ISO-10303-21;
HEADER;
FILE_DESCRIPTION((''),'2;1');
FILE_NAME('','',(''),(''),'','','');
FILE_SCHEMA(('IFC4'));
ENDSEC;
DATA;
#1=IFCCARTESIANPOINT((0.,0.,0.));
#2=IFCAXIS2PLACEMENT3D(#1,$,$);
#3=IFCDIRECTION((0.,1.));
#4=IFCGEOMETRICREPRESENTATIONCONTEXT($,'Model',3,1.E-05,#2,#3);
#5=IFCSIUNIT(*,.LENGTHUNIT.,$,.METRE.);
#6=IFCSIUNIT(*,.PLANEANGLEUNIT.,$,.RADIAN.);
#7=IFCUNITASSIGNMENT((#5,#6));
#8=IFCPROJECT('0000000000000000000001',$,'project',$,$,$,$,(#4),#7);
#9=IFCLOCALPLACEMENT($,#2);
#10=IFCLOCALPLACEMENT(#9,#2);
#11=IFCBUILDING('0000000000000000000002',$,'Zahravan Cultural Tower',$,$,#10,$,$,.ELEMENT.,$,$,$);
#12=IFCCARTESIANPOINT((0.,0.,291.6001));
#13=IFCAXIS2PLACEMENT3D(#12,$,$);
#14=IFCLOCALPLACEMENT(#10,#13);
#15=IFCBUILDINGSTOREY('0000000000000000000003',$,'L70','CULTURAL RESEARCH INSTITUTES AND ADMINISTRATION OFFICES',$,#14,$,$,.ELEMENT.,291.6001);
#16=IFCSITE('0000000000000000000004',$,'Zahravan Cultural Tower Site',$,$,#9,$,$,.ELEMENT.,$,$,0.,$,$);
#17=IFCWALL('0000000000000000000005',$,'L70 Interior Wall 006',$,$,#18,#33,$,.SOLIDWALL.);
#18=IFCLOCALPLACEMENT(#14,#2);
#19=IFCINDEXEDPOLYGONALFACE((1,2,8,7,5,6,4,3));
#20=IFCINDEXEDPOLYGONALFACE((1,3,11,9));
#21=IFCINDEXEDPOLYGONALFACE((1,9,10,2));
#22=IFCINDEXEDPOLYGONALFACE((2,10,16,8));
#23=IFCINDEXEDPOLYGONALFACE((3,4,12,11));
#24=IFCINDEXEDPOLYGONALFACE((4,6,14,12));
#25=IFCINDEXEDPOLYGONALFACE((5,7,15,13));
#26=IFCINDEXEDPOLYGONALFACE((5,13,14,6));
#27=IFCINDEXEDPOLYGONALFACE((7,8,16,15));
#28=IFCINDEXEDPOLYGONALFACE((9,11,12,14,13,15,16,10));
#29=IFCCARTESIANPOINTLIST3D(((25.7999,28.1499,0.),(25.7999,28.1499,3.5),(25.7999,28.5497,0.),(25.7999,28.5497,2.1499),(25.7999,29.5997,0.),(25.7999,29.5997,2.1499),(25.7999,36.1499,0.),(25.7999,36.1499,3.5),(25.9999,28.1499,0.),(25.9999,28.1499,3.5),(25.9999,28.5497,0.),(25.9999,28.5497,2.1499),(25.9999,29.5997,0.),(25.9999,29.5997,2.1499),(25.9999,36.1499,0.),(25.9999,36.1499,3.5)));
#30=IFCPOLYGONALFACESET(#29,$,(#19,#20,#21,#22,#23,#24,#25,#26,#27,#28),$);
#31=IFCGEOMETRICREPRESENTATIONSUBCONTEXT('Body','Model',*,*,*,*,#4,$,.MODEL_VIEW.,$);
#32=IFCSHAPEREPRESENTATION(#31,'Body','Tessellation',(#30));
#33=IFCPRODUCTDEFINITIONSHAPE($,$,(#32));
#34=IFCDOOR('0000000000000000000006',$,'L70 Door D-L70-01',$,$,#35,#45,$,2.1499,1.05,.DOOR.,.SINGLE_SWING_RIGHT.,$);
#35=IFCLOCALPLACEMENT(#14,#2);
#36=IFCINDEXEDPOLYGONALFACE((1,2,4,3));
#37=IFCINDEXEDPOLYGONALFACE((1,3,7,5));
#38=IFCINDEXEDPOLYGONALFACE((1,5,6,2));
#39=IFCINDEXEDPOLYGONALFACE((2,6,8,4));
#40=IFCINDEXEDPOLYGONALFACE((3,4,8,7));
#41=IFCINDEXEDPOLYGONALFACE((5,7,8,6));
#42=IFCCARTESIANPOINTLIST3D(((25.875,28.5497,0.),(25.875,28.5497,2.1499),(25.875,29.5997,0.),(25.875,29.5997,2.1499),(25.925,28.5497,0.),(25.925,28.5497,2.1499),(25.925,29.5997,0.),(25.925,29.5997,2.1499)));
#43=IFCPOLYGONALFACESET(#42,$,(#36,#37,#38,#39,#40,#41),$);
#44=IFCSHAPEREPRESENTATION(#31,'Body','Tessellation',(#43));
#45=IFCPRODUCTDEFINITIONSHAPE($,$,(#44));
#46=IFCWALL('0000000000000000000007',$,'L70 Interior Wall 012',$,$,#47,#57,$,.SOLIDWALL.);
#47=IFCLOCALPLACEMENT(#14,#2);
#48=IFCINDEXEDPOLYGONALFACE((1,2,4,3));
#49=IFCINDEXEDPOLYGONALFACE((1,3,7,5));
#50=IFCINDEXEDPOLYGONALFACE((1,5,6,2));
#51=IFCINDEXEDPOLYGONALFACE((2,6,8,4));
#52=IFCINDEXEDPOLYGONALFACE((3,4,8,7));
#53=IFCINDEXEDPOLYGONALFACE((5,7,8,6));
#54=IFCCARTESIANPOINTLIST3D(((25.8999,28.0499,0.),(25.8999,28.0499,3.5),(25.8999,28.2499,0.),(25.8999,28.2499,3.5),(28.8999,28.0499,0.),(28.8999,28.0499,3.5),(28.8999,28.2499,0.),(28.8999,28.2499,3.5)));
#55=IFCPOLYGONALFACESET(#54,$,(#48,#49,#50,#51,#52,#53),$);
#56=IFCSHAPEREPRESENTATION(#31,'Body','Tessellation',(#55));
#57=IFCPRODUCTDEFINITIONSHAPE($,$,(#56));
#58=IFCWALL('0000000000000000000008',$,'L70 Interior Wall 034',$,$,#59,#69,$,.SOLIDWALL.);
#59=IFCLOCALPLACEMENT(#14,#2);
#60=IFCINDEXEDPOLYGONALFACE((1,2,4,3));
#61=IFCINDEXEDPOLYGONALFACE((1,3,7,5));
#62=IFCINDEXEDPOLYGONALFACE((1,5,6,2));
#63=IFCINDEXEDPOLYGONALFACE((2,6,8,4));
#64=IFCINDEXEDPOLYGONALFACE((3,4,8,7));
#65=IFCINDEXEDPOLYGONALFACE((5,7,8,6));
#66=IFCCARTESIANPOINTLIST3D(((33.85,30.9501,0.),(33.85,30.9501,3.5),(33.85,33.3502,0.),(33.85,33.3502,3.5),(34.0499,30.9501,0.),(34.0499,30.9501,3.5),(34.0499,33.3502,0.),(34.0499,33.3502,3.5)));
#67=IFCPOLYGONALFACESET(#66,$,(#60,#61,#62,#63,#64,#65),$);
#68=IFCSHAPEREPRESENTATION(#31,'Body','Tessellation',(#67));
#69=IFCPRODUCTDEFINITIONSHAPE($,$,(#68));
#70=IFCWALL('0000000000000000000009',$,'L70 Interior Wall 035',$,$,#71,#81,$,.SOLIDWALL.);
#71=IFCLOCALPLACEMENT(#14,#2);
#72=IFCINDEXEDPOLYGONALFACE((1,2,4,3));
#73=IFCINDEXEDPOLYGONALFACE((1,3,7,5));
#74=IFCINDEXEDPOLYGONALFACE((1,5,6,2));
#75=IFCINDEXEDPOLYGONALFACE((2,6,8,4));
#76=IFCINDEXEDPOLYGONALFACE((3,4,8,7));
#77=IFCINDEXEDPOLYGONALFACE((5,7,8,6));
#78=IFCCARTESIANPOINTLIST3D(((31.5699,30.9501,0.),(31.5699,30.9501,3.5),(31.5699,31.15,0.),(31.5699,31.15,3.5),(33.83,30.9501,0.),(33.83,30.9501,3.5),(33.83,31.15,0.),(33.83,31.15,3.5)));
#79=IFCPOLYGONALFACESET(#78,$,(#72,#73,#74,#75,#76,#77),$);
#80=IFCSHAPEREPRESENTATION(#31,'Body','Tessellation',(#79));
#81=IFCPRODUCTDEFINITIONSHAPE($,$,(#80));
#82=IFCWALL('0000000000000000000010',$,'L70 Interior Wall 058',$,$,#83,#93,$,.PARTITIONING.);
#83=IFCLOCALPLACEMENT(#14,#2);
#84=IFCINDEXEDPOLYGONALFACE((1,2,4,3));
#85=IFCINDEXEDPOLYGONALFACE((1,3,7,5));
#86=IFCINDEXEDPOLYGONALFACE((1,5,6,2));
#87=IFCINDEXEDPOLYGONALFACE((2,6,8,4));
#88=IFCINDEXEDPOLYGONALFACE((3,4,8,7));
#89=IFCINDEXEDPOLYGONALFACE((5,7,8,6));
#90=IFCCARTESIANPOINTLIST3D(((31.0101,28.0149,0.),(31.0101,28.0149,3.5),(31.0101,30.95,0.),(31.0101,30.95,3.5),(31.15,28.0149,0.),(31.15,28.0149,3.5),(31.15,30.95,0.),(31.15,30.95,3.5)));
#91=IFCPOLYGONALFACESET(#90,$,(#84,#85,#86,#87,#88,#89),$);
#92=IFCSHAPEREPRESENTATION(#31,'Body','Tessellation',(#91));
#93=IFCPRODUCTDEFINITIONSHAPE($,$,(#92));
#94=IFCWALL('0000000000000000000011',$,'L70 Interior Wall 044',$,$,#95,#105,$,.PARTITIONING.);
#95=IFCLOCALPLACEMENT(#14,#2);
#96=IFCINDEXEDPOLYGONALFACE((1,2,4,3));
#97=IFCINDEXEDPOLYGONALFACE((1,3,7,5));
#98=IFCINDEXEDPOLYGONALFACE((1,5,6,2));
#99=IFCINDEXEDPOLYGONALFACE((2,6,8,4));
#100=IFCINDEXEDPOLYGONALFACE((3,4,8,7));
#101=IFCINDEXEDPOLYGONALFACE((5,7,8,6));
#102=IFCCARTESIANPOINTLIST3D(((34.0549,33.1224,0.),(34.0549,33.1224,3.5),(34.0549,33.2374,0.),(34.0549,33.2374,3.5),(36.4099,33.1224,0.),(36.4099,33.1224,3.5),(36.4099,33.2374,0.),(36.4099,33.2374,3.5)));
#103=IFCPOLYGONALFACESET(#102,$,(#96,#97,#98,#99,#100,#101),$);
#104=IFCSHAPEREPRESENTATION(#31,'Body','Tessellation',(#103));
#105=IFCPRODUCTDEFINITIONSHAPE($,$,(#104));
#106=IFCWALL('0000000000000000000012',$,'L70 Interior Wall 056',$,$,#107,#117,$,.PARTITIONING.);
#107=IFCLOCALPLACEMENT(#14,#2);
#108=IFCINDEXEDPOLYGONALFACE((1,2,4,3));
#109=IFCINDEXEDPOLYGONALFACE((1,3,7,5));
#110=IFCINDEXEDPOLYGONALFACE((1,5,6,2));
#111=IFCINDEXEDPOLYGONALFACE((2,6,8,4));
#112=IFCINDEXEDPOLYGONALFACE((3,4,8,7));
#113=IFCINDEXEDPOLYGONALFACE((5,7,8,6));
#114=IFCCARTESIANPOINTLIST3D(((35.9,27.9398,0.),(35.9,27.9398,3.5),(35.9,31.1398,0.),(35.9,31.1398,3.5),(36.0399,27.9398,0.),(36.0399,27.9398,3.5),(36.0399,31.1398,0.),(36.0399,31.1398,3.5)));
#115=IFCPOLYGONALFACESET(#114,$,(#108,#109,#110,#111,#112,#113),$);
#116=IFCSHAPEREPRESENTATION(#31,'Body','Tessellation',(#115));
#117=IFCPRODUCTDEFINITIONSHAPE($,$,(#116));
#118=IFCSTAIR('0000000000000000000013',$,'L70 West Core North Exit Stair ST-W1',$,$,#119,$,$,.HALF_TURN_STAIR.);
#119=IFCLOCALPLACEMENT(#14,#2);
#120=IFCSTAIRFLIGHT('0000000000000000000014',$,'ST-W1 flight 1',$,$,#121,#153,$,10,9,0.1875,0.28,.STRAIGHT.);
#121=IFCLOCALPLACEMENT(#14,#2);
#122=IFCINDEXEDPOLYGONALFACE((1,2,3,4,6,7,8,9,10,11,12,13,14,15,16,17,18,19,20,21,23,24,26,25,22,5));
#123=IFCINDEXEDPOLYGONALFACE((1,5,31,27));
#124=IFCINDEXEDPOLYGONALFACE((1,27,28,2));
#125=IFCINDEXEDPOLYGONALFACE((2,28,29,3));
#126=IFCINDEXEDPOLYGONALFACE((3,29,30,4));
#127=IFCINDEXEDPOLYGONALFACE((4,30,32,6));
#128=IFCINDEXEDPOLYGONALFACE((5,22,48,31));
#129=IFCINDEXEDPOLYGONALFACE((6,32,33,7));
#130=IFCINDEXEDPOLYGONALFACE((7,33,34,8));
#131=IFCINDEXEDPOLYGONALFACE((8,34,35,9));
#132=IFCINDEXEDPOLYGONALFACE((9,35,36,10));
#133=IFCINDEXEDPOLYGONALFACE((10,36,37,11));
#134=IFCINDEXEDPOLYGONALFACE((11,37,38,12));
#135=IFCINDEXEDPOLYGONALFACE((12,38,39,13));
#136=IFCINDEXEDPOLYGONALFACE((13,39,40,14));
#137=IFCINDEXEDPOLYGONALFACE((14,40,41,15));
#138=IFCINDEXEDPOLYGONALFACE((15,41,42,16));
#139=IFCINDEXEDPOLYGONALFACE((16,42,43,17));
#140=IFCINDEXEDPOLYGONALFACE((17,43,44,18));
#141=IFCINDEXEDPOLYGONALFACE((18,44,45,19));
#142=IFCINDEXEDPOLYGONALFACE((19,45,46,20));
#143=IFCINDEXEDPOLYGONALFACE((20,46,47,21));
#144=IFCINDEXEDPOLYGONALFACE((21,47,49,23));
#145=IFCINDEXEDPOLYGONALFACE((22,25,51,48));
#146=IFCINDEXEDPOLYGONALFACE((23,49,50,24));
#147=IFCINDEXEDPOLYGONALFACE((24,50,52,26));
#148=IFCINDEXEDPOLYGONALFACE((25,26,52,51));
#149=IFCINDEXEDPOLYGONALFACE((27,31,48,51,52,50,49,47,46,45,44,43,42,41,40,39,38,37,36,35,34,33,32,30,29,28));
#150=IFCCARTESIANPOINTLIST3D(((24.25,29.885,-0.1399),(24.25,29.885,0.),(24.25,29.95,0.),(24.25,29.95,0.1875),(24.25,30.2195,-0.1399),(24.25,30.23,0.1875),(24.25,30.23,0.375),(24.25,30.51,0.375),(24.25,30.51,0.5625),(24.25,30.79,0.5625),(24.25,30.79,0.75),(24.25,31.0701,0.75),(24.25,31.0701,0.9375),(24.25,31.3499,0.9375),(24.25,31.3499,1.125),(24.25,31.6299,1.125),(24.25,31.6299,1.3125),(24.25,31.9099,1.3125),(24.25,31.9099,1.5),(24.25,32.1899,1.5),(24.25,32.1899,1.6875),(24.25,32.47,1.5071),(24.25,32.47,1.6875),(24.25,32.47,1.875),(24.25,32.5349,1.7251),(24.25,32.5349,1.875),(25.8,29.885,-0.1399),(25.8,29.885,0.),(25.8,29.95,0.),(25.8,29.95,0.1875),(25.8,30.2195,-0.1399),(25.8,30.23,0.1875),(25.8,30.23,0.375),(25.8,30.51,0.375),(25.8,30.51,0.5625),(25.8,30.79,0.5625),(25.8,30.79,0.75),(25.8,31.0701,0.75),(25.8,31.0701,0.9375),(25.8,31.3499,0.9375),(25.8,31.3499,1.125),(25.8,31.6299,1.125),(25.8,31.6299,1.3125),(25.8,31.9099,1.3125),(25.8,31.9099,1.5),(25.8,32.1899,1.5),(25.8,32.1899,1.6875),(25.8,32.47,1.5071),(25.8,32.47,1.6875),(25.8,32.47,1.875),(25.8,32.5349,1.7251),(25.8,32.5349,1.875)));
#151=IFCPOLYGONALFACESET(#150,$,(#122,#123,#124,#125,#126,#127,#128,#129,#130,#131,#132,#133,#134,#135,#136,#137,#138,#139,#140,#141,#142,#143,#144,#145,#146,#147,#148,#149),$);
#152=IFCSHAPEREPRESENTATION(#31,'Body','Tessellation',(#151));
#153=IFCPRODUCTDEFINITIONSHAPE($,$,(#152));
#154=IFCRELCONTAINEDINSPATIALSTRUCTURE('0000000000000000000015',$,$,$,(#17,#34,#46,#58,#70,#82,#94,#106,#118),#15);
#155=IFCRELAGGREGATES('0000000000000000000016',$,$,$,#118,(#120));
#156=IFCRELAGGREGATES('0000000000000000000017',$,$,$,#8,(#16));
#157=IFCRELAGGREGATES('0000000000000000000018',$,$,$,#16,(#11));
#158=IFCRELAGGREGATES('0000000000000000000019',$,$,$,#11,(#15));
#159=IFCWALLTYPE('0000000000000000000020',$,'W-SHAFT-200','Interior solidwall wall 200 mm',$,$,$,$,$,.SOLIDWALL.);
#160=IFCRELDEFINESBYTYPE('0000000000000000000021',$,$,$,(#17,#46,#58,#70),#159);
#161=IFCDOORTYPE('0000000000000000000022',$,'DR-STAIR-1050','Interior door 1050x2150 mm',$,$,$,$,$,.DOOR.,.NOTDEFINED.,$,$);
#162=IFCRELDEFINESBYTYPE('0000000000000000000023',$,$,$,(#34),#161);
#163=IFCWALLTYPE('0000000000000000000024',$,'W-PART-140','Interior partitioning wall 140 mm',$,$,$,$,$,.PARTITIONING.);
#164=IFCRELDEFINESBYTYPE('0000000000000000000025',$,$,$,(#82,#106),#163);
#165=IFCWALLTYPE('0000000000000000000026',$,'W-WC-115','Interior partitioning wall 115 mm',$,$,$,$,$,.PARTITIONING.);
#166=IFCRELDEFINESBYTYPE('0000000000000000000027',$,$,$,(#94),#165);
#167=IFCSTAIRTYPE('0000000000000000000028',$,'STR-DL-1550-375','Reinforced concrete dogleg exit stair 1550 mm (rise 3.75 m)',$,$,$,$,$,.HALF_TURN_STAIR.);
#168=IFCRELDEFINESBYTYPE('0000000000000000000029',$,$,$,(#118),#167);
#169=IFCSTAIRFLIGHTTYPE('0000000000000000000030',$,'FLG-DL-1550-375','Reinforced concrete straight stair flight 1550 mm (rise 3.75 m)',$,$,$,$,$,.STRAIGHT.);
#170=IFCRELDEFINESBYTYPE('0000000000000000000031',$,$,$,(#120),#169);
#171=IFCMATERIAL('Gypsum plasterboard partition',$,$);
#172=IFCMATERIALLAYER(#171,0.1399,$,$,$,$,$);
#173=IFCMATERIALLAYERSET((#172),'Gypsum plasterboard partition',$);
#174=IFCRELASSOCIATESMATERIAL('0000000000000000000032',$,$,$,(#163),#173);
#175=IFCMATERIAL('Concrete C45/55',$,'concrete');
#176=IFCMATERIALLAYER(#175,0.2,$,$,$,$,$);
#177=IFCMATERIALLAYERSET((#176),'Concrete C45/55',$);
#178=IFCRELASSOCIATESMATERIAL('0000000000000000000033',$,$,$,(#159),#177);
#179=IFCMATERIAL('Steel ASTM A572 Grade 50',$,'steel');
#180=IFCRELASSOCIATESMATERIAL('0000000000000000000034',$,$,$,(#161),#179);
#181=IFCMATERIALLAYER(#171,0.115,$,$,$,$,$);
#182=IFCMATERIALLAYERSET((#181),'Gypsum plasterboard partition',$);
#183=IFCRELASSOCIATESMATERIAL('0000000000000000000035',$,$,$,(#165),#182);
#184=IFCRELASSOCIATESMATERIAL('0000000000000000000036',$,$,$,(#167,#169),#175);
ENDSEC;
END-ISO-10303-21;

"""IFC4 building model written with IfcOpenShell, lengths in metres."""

from ifc_helpers import new_model, si_unit, direction, frame, frame_2d, origin, place, context, subcontext, project, spatial, polyline, rectangle, outline, extrude, source, transform, mapped, material, layer, layer_set, type_object, element, fill, aggregate, save


model = new_model("IFC4")

# Units and contexts
model_context = context("Model", 3, precision=1e-05, world=origin(), true_north=direction((0.0, 1.0)))
body_context = subcontext(model_context, "Body", "Model", "MODEL_VIEW")
ifc_project = project(units=[si_unit("LENGTHUNIT", "METRE"), si_unit("PLANEANGLEUNIT", "RADIAN")], contexts=[model_context])

# Site, building, storey
site_placement = place(None, origin())
site = spatial("IfcSite", under=ifc_project, at=site_placement, Name="Zahravan Cultural Tower Site", CompositionType="ELEMENT", RefElevation=0.0)
building_placement = place(site_placement, origin())
building = spatial("IfcBuilding", under=site, at=building_placement, Name="Zahravan Cultural Tower", CompositionType="ELEMENT")
storey_placement = place(building_placement, frame((0.0, 0.0, 291.6001)))
storey = spatial("IfcBuildingStorey", under=building, at=storey_placement, Name="L70", Description="CULTURAL RESEARCH INSTITUTES AND ADMINISTRATION OFFICES", CompositionType="ELEMENT", Elevation=291.6001)

# Wall, opening, door
ifc_material_1 = material(Name="Steel ASTM A572 Grade 50", Category="steel")
ifc_material_2 = material(Name="Gypsum plasterboard partition")
ifc_layer_1 = layer(ifc_material_2, 0.1399)
ifc_layer_set_1 = layer_set([ifc_layer_1], Name="Gypsum plasterboard partition")
wall_type_1 = type_object("IfcWallType", Name="W-PART-140", Description="Interior partitioning wall 140 mm", PredefinedType="PARTITIONING", material=ifc_layer_set_1)
ifc_material_3 = material(Name="Concrete C45/55", Category="concrete")
ifc_layer_2 = layer(ifc_material_3, 0.2)
ifc_layer_set_2 = layer_set([ifc_layer_2], Name="Concrete C45/55")
wall_type_2 = type_object("IfcWallType", Name="W-SHAFT-200", Description="Interior solidwall wall 200 mm", PredefinedType="SOLIDWALL", material=ifc_layer_set_2)
wall_1_placement = place(storey_placement, frame((25.8999, 28.1499, 0.0), z_axis=(0.0, 0.0, 1.0), x_axis=(0.0, 1.0, 0.0)))
wall_1 = element("IfcWall", 1, at=wall_1_placement, inside=storey, type_object=wall_type_2, Name="L70 Interior Wall 006", PredefinedType="SOLIDWALL", context=body_context, shape_type="SweptSolid", body=[
    extrude(rectangle(XDim=8.0, YDim=0.2, at=frame_2d((4.0, 0.0))), origin(), (0.0, 0.0, 1.0), 3.5),
])
opening_1_placement = place(wall_1_placement, frame((0.3999, 0.0, 0.0)))
opening_1 = element("IfcOpeningElement", 2, at=opening_1_placement, cuts=wall_1, PredefinedType="OPENING", context=body_context, shape_type="SweptSolid", body=[
    extrude(rectangle(XDim=1.05, YDim=2.1499, at=frame_2d((0.5249, 1.075))), frame((0.0, 0.1099, 0.0), z_axis=(0.0, -1.0, 0.0), x_axis=(1.0, 0.0, 0.0)), (0.0, 0.0, 1.0), 0.22),
])
door_type_1 = type_object("IfcDoorType", Name="DR-STAIR-1050", Description="Interior door 1050x2150 mm", OperationType="NOTDEFINED", PredefinedType="DOOR", material=ifc_material_1)
shared_shape_1 = source(origin(), body_context, "Body", "SweptSolid", [
    extrude(rectangle(XDim=1.05, YDim=2.1499, at=frame_2d((0.5249, 1.075))), frame((0.0, 0.0249, 0.0), z_axis=(0.0, -1.0, 0.0), x_axis=(1.0, 0.0, 0.0)), (0.0, 0.0, 1.0), 0.05),
])
door_1_placement = place(opening_1_placement, origin())
door_1 = element("IfcDoor", 3, at=door_1_placement, inside=storey, type_object=door_type_1, Name="L70 Door D-L70-01", OperationType="SINGLE_SWING_RIGHT", OverallHeight=2.1499, OverallWidth=1.05, PredefinedType="DOOR", context=body_context, shape_type="MappedRepresentation", body=[
    mapped(shared_shape_1, transform((0.0, 0.0, 0.0), x_axis=(1.0, 0.0, 0.0), y_axis=(0.0, 1.0, 0.0), z_axis=(0.0, 0.0, 1.0), scale=1.0)),
])
fill(opening_1, door_1)

# Walls
shared_shape_2 = source(origin(), body_context, "Body", "SweptSolid", [
    extrude(rectangle(XDim=3.0, YDim=0.2, at=frame_2d((1.5, 0.0))), origin(), (0.0, 0.0, 1.0), 3.5),
])
wall_2_placement = place(storey_placement, frame((25.8999, 28.1499, 0.0), z_axis=(0.0, 0.0, 1.0), x_axis=(1.0, 0.0, 0.0)))
element("IfcWall", 4, at=wall_2_placement, inside=storey, type_object=wall_type_2, Name="L70 Interior Wall 012", PredefinedType="SOLIDWALL", context=body_context, shape_type="MappedRepresentation", body=[
    mapped(shared_shape_2, transform((0.0, 0.0, 0.0), x_axis=(1.0, 0.0, 0.0), y_axis=(0.0, 1.0, 0.0), z_axis=(0.0, 0.0, 1.0), scale=1.0)),
])
shared_shape_3 = source(origin(), body_context, "Body", "SweptSolid", [
    extrude(rectangle(XDim=2.4001, YDim=0.2, at=frame_2d((1.2002, 0.0))), origin(), (0.0, 0.0, 1.0), 3.5),
])
wall_3_placement = place(storey_placement, frame((33.95, 30.95, 0.0), z_axis=(0.0, 0.0, 1.0), x_axis=(0.0, 1.0, 0.0)))
element("IfcWall", 5, at=wall_3_placement, inside=storey, type_object=wall_type_2, Name="L70 Interior Wall 034", PredefinedType="SOLIDWALL", context=body_context, shape_type="MappedRepresentation", body=[
    mapped(shared_shape_3, transform((0.0, 0.0, 0.0), x_axis=(1.0, 0.0, 0.0), y_axis=(0.0, 1.0, 0.0), z_axis=(0.0, 0.0, 1.0), scale=1.0)),
])
shared_shape_4 = source(origin(), body_context, "Body", "SweptSolid", [
    extrude(rectangle(XDim=2.26, YDim=0.2, at=frame_2d((1.1299, 0.0))), origin(), (0.0, 0.0, 1.0), 3.5),
])
wall_4_placement = place(storey_placement, frame((31.5701, 31.05, 0.0), z_axis=(0.0, 0.0, 1.0), x_axis=(1.0, 0.0, 0.0)))
element("IfcWall", 6, at=wall_4_placement, inside=storey, type_object=wall_type_2, Name="L70 Interior Wall 035", PredefinedType="SOLIDWALL", context=body_context, shape_type="MappedRepresentation", body=[
    mapped(shared_shape_4, transform((0.0, 0.0, 0.0), x_axis=(1.0, 0.0, 0.0), y_axis=(0.0, 1.0, 0.0), z_axis=(0.0, 0.0, 1.0), scale=1.0)),
])
shared_shape_5 = source(origin(), body_context, "Body", "SweptSolid", [
    extrude(rectangle(XDim=2.9351, YDim=0.1399, at=frame_2d((1.4675, 0.0))), origin(), (0.0, 0.0, 1.0), 3.5),
])
wall_5_placement = place(storey_placement, frame((31.0801, 28.0149, 0.0), z_axis=(0.0, 0.0, 1.0), x_axis=(0.0, 1.0, 0.0)))
element("IfcWall", 7, at=wall_5_placement, inside=storey, type_object=wall_type_1, Name="L70 Interior Wall 058", PredefinedType="PARTITIONING", context=body_context, shape_type="MappedRepresentation", body=[
    mapped(shared_shape_5, transform((0.0, 0.0, 0.0), x_axis=(1.0, 0.0, 0.0), y_axis=(0.0, 1.0, 0.0), z_axis=(0.0, 0.0, 1.0), scale=1.0)),
])
ifc_layer_3 = layer(ifc_material_2, 0.115)
ifc_layer_set_3 = layer_set([ifc_layer_3], Name="Gypsum plasterboard partition")
wall_type_3 = type_object("IfcWallType", Name="W-WC-115", Description="Interior partitioning wall 115 mm", PredefinedType="PARTITIONING", material=ifc_layer_set_3)
shared_shape_6 = source(origin(), body_context, "Body", "SweptSolid", [
    extrude(rectangle(XDim=2.355, YDim=0.115, at=frame_2d((1.1775, 0.0))), origin(), (0.0, 0.0, 1.0), 3.5),
])
wall_6_placement = place(storey_placement, frame((34.0549, 33.1799, 0.0), z_axis=(0.0, 0.0, 1.0), x_axis=(1.0, 0.0, 0.0)))
element("IfcWall", 8, at=wall_6_placement, inside=storey, type_object=wall_type_3, Name="L70 Interior Wall 044", PredefinedType="PARTITIONING", context=body_context, shape_type="MappedRepresentation", body=[
    mapped(shared_shape_6, transform((0.0, 0.0, 0.0), x_axis=(1.0, 0.0, 0.0), y_axis=(0.0, 1.0, 0.0), z_axis=(0.0, 0.0, 1.0), scale=1.0)),
])
shared_shape_7 = source(origin(), body_context, "Body", "SweptSolid", [
    extrude(rectangle(XDim=3.2, YDim=0.1399, at=frame_2d((1.6001, 0.0))), origin(), (0.0, 0.0, 1.0), 3.5),
])
wall_7_placement = place(storey_placement, frame((35.97, 31.1399, 0.0), z_axis=(0.0, 0.0, 1.0), x_axis=(0.0, -1.0, 0.0)))
element("IfcWall", 9, at=wall_7_placement, inside=storey, type_object=wall_type_1, Name="L70 Interior Wall 056", PredefinedType="PARTITIONING", context=body_context, shape_type="MappedRepresentation", body=[
    mapped(shared_shape_7, transform((0.0, 0.0, 0.0), x_axis=(1.0, 0.0, 0.0), y_axis=(0.0, 1.0, 0.0), z_axis=(0.0, 0.0, 1.0), scale=1.0)),
])

# Stair, stair flight
stair_type = type_object("IfcStairType", Name="STR-DL-1550-375", Description="Reinforced concrete dogleg exit stair 1550 mm (rise 3.75 m)", PredefinedType="HALF_TURN_STAIR", material=ifc_material_3)
stair_placement = place(storey_placement, origin())
stair = element("IfcStair", 10, at=stair_placement, inside=storey, type_object=stair_type, Name="L70 West Core North Exit Stair ST-W1", PredefinedType="HALF_TURN_STAIR")
stair_flight_type = type_object("IfcStairFlightType", Name="FLG-DL-1550-375", Description="Reinforced concrete straight stair flight 1550 mm (rise 3.75 m)", PredefinedType="STRAIGHT", material=ifc_material_3)
stair_flight_placement = place(storey_placement, frame((25.0249, 29.95, 0.0), z_axis=(0.0, 0.0, 1.0), x_axis=(0.0, 1.0, 0.0)))
stair_flight = element("IfcStairFlight", 11, at=stair_flight_placement, type_object=stair_flight_type, Name="ST-W1 flight 1", NumberOfRisers=10, NumberOfTreads=9, PredefinedType="STRAIGHT", RiserHeight=0.1875, TreadLength=0.28, context=body_context, shape_type="SweptSolid", body=[
    extrude(outline(polyline([(-0.0649, -0.1399), (-0.0649, 0.0), (0.0, 0.0), (0.0, 0.1875), (0.28, 0.1875), (0.28, 0.375), (0.5601, 0.375), (0.5601, 0.5625), (0.8401, 0.5625), (0.8401, 0.75), (1.1201, 0.75), (1.1201, 0.9375), (1.3999, 0.9375), (1.3999, 1.125), (1.6799, 1.125), (1.6799, 1.3125), (1.96, 1.3125), (1.96, 1.5), (2.24, 1.5), (2.24, 1.6875), (2.52, 1.6875), (2.52, 1.875), (2.585, 1.875), (2.585, 1.7251), (2.52, 1.5071), (0.2695, -0.1399), (-0.0649, -0.1399)])), frame((0.0, 0.7749, 0.0), z_axis=(0.0, -1.0, 0.0), x_axis=(1.0, 0.0, 0.0)), (0.0, 0.0, 1.0), 1.55),
])
aggregate(stair, [stair_flight])

save(model, "model.ifc")
